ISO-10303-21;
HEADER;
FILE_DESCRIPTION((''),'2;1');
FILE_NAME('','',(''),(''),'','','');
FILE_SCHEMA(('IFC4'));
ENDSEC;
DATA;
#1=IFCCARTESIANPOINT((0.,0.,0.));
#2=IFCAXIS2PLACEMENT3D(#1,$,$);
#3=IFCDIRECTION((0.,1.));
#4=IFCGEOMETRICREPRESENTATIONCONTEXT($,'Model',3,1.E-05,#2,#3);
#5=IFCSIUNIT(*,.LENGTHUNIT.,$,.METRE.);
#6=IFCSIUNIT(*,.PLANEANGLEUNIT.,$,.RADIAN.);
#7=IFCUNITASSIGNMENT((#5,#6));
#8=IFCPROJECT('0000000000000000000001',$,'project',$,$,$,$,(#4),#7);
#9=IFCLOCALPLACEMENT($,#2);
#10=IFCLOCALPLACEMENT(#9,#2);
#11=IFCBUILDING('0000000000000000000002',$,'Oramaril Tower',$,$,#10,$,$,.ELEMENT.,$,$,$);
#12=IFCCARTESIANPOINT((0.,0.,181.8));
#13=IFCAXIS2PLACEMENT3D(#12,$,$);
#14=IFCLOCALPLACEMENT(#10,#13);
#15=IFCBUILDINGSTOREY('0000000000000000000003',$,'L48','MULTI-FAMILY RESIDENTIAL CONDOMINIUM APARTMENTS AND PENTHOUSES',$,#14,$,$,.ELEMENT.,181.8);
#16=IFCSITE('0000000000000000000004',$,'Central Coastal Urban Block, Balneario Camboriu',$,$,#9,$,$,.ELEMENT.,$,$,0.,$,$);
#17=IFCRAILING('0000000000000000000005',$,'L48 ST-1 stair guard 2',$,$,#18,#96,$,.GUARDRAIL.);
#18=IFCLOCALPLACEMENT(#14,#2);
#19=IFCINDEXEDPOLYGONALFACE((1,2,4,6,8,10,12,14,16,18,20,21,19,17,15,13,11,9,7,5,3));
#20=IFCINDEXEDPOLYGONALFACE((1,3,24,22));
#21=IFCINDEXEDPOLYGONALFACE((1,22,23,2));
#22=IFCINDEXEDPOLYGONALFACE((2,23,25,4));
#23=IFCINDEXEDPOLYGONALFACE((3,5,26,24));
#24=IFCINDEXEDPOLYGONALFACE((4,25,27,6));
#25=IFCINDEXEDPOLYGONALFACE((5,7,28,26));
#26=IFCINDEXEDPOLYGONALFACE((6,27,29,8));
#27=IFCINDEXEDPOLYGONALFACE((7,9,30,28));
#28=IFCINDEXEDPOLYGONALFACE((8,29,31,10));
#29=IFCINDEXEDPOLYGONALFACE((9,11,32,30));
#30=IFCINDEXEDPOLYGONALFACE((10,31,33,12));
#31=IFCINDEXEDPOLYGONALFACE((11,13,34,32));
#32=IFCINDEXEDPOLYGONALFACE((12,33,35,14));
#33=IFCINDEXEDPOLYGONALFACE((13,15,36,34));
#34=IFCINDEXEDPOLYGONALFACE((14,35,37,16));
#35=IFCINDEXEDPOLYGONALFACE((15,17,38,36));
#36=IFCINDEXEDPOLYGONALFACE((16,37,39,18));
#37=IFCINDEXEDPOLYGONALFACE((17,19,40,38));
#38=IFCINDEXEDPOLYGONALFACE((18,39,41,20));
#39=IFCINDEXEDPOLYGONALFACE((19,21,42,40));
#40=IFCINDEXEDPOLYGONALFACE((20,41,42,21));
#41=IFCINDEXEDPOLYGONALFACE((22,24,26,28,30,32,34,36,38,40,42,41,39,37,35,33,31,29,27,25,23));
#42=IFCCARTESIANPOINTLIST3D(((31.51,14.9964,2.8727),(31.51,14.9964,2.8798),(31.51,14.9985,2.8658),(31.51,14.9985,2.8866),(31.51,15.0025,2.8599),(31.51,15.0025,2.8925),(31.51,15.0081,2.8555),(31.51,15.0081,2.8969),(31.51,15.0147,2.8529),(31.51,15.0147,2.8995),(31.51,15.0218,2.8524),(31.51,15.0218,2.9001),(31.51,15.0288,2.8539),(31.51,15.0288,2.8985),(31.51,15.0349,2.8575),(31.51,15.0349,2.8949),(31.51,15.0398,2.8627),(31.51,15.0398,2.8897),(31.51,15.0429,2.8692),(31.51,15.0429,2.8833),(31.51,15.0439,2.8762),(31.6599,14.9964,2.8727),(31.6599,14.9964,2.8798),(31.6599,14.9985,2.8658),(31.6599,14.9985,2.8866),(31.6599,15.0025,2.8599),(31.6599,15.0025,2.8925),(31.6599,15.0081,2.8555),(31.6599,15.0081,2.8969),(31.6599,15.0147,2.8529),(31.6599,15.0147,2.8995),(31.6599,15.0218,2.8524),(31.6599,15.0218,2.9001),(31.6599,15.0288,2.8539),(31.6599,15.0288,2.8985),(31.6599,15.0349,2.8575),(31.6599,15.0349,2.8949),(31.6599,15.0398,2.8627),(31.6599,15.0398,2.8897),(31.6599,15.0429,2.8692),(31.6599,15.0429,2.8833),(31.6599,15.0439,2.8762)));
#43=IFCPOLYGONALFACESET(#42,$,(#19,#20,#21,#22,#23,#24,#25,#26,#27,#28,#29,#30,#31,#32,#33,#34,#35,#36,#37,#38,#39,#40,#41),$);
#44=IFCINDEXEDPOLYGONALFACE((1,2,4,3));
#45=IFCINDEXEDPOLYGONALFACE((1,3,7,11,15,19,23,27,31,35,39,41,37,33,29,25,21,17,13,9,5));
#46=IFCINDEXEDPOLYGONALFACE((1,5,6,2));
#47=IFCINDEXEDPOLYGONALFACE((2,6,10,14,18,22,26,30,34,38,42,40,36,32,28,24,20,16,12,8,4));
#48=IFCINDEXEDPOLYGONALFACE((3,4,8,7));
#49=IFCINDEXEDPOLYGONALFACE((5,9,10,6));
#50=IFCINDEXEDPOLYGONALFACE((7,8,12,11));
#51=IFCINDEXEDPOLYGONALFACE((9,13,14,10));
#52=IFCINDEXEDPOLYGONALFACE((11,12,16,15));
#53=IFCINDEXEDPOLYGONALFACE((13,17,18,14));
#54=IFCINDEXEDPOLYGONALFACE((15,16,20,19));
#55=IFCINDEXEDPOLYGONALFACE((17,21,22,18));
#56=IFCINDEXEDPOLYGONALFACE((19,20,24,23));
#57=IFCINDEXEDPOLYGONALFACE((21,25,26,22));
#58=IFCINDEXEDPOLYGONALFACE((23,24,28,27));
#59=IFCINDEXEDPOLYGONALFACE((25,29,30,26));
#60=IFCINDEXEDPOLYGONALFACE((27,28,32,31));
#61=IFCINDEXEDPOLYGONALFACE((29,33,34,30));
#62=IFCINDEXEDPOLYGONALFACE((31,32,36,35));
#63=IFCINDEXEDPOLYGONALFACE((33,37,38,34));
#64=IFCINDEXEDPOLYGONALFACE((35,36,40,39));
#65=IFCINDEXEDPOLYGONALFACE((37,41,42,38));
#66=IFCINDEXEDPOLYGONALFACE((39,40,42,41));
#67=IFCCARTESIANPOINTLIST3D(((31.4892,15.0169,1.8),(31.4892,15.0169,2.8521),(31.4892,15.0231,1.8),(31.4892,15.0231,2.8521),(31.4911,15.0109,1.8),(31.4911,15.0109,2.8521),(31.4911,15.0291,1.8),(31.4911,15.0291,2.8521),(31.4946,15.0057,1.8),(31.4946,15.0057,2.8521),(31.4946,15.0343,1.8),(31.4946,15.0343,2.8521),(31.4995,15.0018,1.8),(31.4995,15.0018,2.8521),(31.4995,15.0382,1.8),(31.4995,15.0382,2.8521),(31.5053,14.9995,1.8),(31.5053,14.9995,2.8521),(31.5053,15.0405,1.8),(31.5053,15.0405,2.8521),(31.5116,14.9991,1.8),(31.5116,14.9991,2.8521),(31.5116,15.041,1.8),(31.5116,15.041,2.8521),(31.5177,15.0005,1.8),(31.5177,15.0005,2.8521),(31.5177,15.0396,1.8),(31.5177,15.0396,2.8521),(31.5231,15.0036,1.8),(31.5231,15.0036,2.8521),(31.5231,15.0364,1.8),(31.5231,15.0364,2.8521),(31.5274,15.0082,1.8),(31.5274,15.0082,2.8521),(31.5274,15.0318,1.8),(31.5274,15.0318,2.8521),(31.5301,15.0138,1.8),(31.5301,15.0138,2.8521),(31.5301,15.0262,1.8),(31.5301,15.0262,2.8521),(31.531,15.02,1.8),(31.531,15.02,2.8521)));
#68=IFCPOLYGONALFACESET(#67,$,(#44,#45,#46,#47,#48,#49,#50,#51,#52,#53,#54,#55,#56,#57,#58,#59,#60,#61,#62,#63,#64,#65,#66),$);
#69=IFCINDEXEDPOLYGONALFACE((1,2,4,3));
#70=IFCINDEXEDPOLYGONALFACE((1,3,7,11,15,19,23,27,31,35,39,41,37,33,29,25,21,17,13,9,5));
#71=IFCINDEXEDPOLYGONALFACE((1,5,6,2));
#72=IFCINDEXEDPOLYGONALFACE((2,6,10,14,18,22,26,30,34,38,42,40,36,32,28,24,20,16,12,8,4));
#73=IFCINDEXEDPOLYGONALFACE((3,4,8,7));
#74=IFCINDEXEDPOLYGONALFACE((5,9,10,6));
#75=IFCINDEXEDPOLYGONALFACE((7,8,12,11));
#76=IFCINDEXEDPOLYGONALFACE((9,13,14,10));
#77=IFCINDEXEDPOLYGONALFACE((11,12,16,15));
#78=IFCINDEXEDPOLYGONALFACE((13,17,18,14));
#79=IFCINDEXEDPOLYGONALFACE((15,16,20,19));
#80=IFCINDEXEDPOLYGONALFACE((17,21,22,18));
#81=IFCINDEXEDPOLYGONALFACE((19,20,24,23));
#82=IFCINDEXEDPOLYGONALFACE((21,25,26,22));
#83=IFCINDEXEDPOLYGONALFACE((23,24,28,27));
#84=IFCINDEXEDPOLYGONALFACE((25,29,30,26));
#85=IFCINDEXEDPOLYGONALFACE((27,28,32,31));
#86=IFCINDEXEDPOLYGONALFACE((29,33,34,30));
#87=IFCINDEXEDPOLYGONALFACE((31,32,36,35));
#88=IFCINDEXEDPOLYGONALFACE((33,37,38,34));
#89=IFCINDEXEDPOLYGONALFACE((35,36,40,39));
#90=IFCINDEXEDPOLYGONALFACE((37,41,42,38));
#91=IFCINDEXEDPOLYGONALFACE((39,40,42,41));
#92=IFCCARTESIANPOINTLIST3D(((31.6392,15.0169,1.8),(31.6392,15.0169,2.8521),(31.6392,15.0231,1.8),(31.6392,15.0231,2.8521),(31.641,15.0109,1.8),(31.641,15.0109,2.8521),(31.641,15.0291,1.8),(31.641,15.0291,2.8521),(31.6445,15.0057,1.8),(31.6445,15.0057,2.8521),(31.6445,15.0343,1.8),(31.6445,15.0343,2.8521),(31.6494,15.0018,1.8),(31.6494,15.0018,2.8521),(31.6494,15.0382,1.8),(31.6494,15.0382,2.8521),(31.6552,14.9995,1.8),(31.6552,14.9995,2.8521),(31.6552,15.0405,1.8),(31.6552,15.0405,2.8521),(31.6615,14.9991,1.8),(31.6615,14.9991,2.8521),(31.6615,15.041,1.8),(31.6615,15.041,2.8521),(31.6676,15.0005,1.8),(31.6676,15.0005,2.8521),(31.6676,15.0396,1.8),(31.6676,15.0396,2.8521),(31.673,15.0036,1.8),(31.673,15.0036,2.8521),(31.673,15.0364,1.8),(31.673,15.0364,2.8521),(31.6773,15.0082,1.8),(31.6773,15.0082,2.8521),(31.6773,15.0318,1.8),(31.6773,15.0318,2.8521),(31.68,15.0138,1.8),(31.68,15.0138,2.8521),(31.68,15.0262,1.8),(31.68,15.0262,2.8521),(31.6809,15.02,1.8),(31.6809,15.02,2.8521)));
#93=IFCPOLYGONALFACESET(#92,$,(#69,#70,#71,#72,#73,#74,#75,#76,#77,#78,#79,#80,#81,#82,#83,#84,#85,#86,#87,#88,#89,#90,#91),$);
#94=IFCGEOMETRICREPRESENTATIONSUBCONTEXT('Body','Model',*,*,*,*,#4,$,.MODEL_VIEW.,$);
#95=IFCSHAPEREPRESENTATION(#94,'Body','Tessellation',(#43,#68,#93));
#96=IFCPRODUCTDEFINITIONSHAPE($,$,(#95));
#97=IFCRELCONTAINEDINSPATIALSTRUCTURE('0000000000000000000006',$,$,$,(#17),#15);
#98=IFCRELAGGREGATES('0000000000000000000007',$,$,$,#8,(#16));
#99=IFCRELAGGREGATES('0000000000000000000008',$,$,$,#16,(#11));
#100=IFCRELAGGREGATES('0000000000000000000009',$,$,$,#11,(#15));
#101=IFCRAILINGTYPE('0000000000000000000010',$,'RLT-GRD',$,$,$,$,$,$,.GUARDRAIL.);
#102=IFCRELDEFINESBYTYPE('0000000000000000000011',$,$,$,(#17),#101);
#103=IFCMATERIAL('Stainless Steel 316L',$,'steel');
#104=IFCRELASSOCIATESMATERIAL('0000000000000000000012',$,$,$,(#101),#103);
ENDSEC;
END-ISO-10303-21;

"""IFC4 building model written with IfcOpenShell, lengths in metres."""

from ifc_helpers import new_model, si_unit, direction, frame, origin, origin_2d, place, context, subcontext, project, spatial, circle, extrude, material, type_object, element, save


model = new_model("IFC4")

# Units and contexts
model_context = context("Model", 3, precision=1e-05, world=origin(), true_north=direction((0.0, 1.0)))
body_context = subcontext(model_context, "Body", "Model", "MODEL_VIEW")
ifc_project = project(units=[si_unit("LENGTHUNIT", "METRE"), si_unit("PLANEANGLEUNIT", "RADIAN")], contexts=[model_context])

# Site, building, storey
site_placement = place(None, origin())
site = spatial("IfcSite", under=ifc_project, at=site_placement, Name="Central Coastal Urban Block, Balneario Camboriu", CompositionType="ELEMENT", RefElevation=0.0)
building_placement = place(site_placement, origin())
building = spatial("IfcBuilding", under=site, at=building_placement, Name="Oramaril Tower", CompositionType="ELEMENT")
storey_placement = place(building_placement, frame((0.0, 0.0, 181.8)))
storey = spatial("IfcBuildingStorey", under=building, at=storey_placement, Name="L48", Description="MULTI-FAMILY RESIDENTIAL CONDOMINIUM APARTMENTS AND PENTHOUSES", CompositionType="ELEMENT", Elevation=181.8)

# Railing
ifc_material_1 = material(Name="Stainless Steel 316L", Category="steel")
railing_type_1 = type_object("IfcRailingType", Name="RLT-GRD", PredefinedType="GUARDRAIL", material=ifc_material_1)
railing_1_placement = place(storey_placement, frame((31.51, 15.02, 1.8)))
element("IfcRailing", 1, at=railing_1_placement, inside=storey, type_object=railing_type_1, Name="L48 ST-1 stair guard 2", PredefinedType="GUARDRAIL", context=body_context, shape_type="SweptSolid", body=[
    extrude(circle(Radius=0.0239, at=origin_2d()), frame((0.0, 0.0, 1.0762), z_axis=(1.0, 0.0, 0.0), x_axis=(0.0, 1.0, 0.0)), (0.0, 0.0, 1.0), 0.1499),
    extrude(circle(Radius=0.021, at=origin_2d()), origin(), (0.0, 0.0, 1.0), 1.052),
    extrude(circle(Radius=0.021, at=origin_2d()), frame((0.1499, 0.0, 0.0)), (0.0, 0.0, 1.0), 1.052),
])

save(model, "model.ifc")
